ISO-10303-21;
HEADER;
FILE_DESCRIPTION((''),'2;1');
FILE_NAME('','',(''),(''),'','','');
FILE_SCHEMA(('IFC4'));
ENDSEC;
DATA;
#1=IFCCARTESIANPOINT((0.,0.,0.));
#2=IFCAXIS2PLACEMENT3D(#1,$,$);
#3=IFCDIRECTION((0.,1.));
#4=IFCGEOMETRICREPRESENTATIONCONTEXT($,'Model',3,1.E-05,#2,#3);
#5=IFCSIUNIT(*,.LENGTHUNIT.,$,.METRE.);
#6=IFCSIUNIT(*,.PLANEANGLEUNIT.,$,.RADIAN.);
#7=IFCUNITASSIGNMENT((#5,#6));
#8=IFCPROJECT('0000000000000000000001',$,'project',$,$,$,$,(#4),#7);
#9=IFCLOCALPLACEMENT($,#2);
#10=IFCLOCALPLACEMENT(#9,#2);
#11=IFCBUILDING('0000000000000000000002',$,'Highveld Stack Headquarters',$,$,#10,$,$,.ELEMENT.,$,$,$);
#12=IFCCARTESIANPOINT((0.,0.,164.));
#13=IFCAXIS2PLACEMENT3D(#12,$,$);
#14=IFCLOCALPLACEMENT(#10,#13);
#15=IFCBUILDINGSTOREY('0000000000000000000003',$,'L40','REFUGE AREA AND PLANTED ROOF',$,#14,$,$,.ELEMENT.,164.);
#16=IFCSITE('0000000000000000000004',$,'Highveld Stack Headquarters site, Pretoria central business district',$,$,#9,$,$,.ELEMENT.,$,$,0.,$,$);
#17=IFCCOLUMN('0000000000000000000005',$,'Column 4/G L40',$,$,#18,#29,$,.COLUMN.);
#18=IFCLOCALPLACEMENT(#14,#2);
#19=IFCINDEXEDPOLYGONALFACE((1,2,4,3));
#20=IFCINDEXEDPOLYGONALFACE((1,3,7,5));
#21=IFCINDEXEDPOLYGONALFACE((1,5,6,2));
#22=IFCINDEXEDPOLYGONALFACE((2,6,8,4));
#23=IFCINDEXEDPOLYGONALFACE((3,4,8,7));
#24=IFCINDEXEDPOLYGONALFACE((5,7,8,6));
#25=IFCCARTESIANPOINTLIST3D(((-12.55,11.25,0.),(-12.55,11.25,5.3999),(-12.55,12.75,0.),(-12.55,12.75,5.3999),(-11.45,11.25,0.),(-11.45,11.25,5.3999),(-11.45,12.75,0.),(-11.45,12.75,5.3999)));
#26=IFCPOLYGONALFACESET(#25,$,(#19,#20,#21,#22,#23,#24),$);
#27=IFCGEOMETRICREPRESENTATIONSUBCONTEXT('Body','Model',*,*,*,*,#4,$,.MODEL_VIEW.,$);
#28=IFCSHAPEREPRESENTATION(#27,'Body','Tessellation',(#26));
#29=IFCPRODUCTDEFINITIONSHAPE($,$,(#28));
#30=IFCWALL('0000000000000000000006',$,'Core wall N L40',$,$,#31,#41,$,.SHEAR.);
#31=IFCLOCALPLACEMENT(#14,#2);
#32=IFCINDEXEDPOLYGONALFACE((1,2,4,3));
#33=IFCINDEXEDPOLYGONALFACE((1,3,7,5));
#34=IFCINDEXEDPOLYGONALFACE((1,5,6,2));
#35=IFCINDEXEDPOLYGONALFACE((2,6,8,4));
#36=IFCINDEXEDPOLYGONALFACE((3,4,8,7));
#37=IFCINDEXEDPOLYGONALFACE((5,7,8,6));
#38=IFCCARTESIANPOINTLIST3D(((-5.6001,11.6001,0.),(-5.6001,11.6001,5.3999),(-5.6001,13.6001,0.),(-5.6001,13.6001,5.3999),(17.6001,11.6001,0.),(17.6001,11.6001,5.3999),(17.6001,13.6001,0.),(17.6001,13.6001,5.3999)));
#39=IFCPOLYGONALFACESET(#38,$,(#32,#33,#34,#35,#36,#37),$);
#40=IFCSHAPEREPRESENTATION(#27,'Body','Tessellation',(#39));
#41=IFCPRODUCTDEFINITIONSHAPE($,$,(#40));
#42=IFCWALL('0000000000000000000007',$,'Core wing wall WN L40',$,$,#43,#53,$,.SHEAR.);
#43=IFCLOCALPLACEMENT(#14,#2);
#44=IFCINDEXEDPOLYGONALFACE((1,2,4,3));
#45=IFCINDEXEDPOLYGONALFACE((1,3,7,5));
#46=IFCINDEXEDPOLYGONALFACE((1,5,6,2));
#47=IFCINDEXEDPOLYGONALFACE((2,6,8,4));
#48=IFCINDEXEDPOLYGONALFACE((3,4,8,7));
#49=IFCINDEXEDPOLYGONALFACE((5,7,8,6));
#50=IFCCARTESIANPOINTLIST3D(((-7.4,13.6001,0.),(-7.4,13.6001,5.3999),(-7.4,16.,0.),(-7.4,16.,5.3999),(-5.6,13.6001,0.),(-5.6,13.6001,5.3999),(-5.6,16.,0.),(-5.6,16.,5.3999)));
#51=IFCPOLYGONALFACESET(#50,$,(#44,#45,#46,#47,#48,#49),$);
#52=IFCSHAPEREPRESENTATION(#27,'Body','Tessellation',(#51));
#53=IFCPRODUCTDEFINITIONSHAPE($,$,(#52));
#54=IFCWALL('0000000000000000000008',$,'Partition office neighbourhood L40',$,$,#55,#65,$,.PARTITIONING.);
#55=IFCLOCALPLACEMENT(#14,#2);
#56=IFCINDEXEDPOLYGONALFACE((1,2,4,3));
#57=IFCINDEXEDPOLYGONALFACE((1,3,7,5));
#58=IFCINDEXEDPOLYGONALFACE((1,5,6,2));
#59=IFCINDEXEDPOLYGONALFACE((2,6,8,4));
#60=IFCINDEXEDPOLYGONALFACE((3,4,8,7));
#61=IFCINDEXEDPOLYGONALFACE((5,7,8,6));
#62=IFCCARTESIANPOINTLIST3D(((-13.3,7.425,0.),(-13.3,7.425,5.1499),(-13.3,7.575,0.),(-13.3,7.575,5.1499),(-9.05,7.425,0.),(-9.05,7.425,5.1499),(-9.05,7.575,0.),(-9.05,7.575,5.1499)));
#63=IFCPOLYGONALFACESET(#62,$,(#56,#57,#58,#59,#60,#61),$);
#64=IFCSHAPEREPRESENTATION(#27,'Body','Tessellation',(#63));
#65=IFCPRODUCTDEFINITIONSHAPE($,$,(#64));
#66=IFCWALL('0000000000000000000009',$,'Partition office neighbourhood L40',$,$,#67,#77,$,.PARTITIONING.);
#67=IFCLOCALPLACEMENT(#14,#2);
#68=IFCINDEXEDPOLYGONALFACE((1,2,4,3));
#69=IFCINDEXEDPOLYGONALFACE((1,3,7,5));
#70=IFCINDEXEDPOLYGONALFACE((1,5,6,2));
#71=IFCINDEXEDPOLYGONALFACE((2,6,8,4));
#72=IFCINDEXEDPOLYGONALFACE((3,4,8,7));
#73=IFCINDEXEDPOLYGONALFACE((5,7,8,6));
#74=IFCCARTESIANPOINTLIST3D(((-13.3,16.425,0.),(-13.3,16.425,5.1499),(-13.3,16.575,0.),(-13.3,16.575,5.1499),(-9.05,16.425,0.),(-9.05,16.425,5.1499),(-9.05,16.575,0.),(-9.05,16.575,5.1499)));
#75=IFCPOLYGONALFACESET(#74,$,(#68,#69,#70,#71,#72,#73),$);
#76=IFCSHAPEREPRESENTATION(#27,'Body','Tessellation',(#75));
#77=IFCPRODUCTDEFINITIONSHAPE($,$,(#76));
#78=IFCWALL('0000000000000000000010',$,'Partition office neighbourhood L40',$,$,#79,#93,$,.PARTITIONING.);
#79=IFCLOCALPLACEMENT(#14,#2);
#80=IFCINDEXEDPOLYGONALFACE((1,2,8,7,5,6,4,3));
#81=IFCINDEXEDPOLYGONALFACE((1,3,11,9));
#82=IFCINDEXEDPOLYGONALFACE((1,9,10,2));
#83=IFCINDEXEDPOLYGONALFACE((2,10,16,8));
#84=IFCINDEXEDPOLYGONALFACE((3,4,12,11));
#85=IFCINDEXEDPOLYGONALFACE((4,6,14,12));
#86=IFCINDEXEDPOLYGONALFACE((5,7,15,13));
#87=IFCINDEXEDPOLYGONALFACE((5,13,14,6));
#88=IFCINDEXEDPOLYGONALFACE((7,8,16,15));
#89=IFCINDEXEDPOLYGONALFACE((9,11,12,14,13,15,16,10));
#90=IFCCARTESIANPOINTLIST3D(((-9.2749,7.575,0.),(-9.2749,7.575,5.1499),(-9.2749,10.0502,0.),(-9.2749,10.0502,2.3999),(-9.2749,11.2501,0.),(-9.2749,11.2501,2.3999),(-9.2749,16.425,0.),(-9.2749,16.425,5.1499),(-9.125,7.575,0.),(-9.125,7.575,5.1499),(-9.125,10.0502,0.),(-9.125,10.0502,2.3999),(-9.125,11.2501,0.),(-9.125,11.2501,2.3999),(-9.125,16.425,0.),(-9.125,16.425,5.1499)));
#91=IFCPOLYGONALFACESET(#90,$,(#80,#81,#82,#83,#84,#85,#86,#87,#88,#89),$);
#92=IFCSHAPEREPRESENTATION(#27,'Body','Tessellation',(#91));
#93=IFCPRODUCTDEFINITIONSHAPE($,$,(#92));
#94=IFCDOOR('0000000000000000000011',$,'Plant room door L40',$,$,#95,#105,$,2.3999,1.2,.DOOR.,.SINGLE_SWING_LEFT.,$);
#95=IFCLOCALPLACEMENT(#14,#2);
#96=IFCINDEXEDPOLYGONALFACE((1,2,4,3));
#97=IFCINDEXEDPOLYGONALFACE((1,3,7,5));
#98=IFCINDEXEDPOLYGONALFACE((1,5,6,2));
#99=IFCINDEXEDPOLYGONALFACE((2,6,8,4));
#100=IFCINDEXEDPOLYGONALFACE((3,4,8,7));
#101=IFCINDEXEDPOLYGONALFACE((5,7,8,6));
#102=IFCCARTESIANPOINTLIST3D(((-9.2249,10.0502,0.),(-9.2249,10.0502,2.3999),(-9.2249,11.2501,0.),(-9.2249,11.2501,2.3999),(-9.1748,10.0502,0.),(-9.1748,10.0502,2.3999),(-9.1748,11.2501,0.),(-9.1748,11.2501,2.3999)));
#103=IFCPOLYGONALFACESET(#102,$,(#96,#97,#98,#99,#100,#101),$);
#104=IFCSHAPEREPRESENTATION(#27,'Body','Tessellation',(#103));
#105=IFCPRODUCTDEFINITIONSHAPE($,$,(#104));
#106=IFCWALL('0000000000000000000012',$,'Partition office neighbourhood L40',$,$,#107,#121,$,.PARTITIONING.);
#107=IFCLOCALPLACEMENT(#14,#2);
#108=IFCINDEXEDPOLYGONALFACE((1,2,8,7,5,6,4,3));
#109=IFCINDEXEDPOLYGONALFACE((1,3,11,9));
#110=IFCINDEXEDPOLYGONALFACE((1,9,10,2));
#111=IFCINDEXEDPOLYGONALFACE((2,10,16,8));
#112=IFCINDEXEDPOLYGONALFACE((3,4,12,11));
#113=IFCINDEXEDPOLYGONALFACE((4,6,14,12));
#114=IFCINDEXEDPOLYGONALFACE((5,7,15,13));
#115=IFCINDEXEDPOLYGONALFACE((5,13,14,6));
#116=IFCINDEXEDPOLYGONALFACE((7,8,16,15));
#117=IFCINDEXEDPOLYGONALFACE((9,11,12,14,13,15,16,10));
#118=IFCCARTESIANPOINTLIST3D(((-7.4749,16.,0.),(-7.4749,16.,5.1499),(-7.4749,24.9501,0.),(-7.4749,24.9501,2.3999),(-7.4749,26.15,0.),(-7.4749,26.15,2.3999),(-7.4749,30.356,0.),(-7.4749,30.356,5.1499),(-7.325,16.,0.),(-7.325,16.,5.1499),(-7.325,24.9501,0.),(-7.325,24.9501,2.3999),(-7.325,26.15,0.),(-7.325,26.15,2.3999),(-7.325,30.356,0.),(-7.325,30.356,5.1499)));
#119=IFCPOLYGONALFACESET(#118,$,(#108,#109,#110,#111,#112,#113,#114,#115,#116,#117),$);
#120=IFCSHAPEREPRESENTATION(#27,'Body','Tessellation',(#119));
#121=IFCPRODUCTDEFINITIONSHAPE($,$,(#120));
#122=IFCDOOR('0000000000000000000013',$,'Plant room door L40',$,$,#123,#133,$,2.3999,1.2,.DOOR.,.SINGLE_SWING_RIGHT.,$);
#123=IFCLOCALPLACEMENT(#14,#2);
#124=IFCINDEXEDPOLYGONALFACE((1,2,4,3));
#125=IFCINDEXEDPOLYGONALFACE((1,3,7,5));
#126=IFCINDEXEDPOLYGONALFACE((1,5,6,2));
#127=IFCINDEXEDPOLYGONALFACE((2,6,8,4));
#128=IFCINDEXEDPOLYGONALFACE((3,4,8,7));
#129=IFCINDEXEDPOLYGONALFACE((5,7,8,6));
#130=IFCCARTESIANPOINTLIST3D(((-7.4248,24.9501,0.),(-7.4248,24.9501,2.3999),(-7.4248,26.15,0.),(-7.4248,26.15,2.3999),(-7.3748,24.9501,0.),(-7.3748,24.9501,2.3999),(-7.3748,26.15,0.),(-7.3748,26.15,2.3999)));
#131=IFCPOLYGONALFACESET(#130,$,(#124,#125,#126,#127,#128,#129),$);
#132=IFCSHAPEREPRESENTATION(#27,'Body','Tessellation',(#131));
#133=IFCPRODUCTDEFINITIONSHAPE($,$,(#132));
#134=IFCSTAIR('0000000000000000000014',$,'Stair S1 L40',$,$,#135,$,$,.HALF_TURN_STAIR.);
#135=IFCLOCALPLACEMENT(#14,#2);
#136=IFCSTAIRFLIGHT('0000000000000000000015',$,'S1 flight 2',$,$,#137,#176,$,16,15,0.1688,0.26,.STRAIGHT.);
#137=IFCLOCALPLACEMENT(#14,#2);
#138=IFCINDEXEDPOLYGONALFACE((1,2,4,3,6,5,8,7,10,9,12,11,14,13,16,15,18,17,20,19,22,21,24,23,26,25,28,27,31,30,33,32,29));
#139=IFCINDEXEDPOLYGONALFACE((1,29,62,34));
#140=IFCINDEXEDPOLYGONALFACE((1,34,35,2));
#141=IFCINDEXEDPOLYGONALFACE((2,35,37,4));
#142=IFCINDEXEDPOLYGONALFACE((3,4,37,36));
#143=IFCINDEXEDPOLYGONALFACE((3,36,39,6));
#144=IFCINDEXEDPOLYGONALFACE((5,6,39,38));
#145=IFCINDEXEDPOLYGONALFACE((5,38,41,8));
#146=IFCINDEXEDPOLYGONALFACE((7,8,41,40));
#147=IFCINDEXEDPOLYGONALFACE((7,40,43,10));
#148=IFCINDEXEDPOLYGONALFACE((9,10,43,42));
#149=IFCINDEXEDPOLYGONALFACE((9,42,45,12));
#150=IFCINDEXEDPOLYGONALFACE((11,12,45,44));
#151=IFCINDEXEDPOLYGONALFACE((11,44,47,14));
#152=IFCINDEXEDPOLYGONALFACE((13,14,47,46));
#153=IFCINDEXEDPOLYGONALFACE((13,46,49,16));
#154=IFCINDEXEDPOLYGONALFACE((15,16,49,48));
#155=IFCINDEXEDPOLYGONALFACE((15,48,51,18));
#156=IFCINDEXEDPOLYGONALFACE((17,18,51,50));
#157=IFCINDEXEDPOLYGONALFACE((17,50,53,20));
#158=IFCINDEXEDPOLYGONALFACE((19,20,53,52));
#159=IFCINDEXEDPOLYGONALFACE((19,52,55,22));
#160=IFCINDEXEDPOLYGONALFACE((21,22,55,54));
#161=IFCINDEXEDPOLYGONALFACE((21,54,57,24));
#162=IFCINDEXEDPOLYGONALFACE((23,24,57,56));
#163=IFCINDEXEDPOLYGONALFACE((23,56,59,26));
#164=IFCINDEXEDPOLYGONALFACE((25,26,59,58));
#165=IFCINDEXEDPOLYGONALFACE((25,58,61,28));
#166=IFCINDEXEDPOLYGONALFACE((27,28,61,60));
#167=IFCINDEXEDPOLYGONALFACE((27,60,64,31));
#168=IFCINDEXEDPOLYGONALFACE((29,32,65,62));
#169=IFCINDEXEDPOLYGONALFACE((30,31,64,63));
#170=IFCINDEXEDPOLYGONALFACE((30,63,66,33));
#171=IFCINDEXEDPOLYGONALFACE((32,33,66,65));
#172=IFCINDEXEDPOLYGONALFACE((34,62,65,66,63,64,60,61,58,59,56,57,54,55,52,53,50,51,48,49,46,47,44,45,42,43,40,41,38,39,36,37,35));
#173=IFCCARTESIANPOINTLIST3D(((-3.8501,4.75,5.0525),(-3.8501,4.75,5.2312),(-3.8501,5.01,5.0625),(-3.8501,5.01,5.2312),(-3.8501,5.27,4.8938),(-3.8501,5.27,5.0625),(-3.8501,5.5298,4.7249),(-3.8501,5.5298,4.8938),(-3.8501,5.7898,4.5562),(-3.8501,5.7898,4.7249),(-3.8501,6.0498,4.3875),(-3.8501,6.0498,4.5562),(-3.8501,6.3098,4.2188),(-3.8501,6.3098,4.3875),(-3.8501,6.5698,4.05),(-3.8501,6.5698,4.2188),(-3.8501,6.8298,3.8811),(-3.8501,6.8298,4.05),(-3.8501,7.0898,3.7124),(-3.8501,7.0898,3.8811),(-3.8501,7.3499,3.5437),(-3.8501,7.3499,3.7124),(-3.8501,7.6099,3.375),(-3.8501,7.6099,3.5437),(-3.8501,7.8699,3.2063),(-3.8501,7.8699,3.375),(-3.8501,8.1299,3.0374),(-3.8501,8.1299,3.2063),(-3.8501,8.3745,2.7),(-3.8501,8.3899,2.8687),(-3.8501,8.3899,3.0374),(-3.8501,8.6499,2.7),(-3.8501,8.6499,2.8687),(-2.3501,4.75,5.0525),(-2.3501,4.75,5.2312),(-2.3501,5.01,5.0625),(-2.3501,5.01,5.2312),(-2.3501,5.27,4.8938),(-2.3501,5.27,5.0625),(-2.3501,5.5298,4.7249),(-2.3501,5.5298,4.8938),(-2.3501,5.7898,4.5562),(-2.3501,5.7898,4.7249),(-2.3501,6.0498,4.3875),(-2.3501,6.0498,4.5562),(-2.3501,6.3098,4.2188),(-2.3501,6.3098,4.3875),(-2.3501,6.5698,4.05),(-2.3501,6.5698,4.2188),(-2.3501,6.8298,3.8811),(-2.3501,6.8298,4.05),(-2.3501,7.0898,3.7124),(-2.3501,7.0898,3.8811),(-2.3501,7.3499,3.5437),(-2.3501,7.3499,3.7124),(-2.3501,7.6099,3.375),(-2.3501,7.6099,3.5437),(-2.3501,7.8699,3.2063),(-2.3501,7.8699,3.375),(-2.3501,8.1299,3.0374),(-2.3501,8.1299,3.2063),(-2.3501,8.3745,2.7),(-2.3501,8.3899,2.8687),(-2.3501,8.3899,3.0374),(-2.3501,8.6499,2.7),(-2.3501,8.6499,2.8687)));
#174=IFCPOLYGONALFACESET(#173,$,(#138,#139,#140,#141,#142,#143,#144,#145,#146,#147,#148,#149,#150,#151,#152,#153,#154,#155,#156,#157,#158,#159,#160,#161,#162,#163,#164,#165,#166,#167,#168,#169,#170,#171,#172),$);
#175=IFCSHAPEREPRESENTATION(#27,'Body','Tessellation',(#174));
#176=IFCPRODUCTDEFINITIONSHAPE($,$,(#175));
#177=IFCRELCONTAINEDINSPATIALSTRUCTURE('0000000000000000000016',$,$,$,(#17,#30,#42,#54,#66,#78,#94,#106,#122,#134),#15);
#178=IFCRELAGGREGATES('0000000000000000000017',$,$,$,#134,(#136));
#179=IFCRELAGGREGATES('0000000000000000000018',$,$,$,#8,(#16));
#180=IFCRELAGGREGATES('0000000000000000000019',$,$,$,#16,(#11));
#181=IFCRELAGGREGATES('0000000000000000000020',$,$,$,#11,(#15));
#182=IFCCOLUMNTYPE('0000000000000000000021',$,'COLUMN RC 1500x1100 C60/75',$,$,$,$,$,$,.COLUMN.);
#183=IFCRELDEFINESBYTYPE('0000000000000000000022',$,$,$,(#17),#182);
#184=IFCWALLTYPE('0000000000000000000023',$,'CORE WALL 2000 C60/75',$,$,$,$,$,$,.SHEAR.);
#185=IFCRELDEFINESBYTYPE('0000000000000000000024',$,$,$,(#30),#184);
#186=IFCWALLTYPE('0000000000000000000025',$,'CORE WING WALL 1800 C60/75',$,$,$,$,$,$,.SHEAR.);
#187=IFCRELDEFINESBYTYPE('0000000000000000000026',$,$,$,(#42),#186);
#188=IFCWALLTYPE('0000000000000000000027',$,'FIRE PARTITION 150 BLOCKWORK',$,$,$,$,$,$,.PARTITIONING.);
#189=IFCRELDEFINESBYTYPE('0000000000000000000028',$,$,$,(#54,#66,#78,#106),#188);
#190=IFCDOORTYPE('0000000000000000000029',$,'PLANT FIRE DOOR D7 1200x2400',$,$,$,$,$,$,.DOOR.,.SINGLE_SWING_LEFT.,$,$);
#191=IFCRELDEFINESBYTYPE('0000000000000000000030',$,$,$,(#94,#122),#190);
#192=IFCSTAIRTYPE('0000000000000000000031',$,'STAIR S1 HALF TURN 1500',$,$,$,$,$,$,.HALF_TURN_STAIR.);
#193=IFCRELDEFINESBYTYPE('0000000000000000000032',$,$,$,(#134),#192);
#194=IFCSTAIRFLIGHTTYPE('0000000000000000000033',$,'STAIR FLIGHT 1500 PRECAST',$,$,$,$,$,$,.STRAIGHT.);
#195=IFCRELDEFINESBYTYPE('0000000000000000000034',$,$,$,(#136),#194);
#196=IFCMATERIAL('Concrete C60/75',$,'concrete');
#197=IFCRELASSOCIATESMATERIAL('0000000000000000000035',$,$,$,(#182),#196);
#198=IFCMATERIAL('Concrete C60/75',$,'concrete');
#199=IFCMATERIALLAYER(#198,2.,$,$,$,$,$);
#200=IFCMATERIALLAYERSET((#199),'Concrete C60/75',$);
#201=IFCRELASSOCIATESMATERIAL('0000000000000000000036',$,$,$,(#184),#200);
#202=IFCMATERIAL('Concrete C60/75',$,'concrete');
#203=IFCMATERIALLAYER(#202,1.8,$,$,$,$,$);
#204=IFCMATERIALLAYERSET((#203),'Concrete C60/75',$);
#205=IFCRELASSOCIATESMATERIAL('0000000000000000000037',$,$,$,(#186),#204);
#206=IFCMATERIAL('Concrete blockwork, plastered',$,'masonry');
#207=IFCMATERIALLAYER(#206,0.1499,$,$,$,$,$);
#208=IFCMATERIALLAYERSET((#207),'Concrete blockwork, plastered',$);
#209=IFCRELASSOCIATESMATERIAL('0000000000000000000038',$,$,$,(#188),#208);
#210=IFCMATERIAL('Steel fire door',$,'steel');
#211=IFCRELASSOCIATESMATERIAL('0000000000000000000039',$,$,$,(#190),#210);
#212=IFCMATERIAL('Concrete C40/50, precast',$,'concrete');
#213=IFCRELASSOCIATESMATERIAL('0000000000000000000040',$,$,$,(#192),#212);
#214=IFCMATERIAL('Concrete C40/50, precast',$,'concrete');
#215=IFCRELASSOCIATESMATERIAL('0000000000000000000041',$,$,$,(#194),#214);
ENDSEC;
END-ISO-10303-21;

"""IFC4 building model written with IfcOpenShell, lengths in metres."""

from ifc_helpers import new_model, si_unit, direction, frame, frame_2d, origin, origin_2d, place, context, subcontext, project, spatial, polyline, rectangle, outline, extrude, material, layer, layer_set, material_profile, profile_set, type_object, element, fill, aggregate, save


model = new_model("IFC4")

# Units and contexts
model_context = context("Model", 3, precision=1e-05, world=origin(), true_north=direction((0.0, 1.0)))
body_context = subcontext(model_context, "Body", "Model", "MODEL_VIEW")
ifc_project = project(units=[si_unit("LENGTHUNIT", "METRE"), si_unit("PLANEANGLEUNIT", "RADIAN")], contexts=[model_context])

# Site, building, storey
site_placement = place(None, origin())
site = spatial("IfcSite", under=ifc_project, at=site_placement, Name="Highveld Stack Headquarters site, Pretoria central business district", CompositionType="ELEMENT", RefElevation=0.0)
building_placement = place(site_placement, origin())
building = spatial("IfcBuilding", under=site, at=building_placement, Name="Highveld Stack Headquarters", CompositionType="ELEMENT")
storey_placement = place(building_placement, frame((0.0, 0.0, 164.0)))
storey = spatial("IfcBuildingStorey", under=building, at=storey_placement, Name="L40", Description="REFUGE AREA AND PLANTED ROOF", CompositionType="ELEMENT", Elevation=164.0)

# Column
ifc_material_1 = material(Name="Concrete C60/75", Category="concrete")
ifc_material_profile = material_profile(ifc_material_1, rectangle(XDim=1.5, YDim=1.1001, at=origin_2d()), Name="RC 1500x1100")
ifc_profile_set = profile_set([ifc_material_profile], Name="Concrete C60/75")
column_type = type_object("IfcColumnType", Name="COLUMN RC 1500x1100 C60/75", PredefinedType="COLUMN", material=ifc_profile_set)
column_placement = place(storey_placement, frame((-12.0, 12.0, 0.0), z_axis=(0.0, 0.0, 1.0), x_axis=(0.0, 1.0, 0.0)))
element("IfcColumn", 1, at=column_placement, inside=storey, type_object=column_type, Name="Column 4/G L40", PredefinedType="COLUMN", context=body_context, shape_type="SweptSolid", body=[
    extrude(rectangle(XDim=1.5, YDim=1.1001, at=origin_2d()), origin(), (0.0, 0.0, 1.0), 5.3999),
])

# Walls
ifc_material_2 = material(Name="Concrete C60/75", Category="concrete")
ifc_layer_1 = layer(ifc_material_2, 2.0)
ifc_layer_set_1 = layer_set([ifc_layer_1], Name="Concrete C60/75")
wall_type_1 = type_object("IfcWallType", Name="CORE WALL 2000 C60/75", PredefinedType="SHEAR", material=ifc_layer_set_1)
wall_1_placement = place(storey_placement, frame((-5.6001, 12.6001, 0.0), z_axis=(0.0, 0.0, 1.0), x_axis=(1.0, 0.0, 0.0)))
element("IfcWall", 2, at=wall_1_placement, inside=storey, type_object=wall_type_1, Name="Core wall N L40", PredefinedType="SHEAR", context=body_context, shape_type="SweptSolid", body=[
    extrude(rectangle(XDim=23.2002, YDim=2.0, at=frame_2d((11.6001, 0.0))), origin(), (0.0, 0.0, 1.0), 5.3999),
])
ifc_material_3 = material(Name="Concrete C60/75", Category="concrete")
ifc_layer_2 = layer(ifc_material_3, 1.8)
ifc_layer_set_2 = layer_set([ifc_layer_2], Name="Concrete C60/75")
wall_type_2 = type_object("IfcWallType", Name="CORE WING WALL 1800 C60/75", PredefinedType="SHEAR", material=ifc_layer_set_2)
wall_2_placement = place(storey_placement, frame((-6.5, 13.6001, 0.0), z_axis=(0.0, 0.0, 1.0), x_axis=(0.0, 1.0, 0.0)))
element("IfcWall", 3, at=wall_2_placement, inside=storey, type_object=wall_type_2, Name="Core wing wall WN L40", PredefinedType="SHEAR", context=body_context, shape_type="SweptSolid", body=[
    extrude(rectangle(XDim=2.3999, YDim=1.8, at=frame_2d((1.2, 0.0))), origin(), (0.0, 0.0, 1.0), 5.3999),
])
ifc_material_4 = material(Name="Concrete blockwork, plastered", Category="masonry")
ifc_layer_3 = layer(ifc_material_4, 0.1499)
ifc_layer_set_3 = layer_set([ifc_layer_3], Name="Concrete blockwork, plastered")
wall_type_3 = type_object("IfcWallType", Name="FIRE PARTITION 150 BLOCKWORK", PredefinedType="PARTITIONING", material=ifc_layer_set_3)
for number, where, z_axis, x_axis, name in (
    (4, (-13.3, 7.5, 0.0), (0.0, 0.0, 1.0), (1.0, 0.0, 0.0), "Partition office neighbourhood L40"),
    (5, (-13.3, 16.5, 0.0), (0.0, 0.0, 1.0), (1.0, 0.0, 0.0), "Partition office neighbourhood L40"),
):
    element("IfcWall", number, at=place(storey_placement, frame(where, z_axis=z_axis, x_axis=x_axis)), inside=storey, type_object=wall_type_3, Name=name, PredefinedType="PARTITIONING", context=body_context, shape_type="SweptSolid", body=[
        extrude(rectangle(XDim=4.25, YDim=0.1499, at=frame_2d((2.125, 0.0))), origin(), (0.0, 0.0, 1.0), 5.1499),
    ])

# Walls, openings, doors
wall_3_placement = place(storey_placement, frame((-9.2, 7.575, 0.0), z_axis=(0.0, 0.0, 1.0), x_axis=(0.0, 1.0, 0.0)))
wall_3 = element("IfcWall", 6, at=wall_3_placement, inside=storey, type_object=wall_type_3, Name="Partition office neighbourhood L40", PredefinedType="PARTITIONING", context=body_context, shape_type="SweptSolid", body=[
    extrude(rectangle(XDim=8.8501, YDim=0.1499, at=frame_2d((4.425, 0.0))), origin(), (0.0, 0.0, 1.0), 5.1499),
])
opening_1_placement = place(wall_3_placement, frame((2.4751, 0.0, 0.0)))
opening_1 = element("IfcOpeningElement", 7, at=opening_1_placement, cuts=wall_3, PredefinedType="OPENING", context=body_context, shape_type="SweptSolid", body=[
    extrude(rectangle(XDim=1.2, YDim=2.3999, at=frame_2d((0.6001, 1.2))), frame((0.0, 0.085, 0.0), z_axis=(0.0, -1.0, 0.0), x_axis=(1.0, 0.0, 0.0)), (0.0, 0.0, 1.0), 0.1699),
])
ifc_material_5 = material(Name="Steel fire door", Category="steel")
door_type = type_object("IfcDoorType", Name="PLANT FIRE DOOR D7 1200x2400", OperationType="SINGLE_SWING_LEFT", PredefinedType="DOOR", material=ifc_material_5)
door_1_placement = place(opening_1_placement, origin())
door_1 = element("IfcDoor", 8, at=door_1_placement, inside=storey, type_object=door_type, Name="Plant room door L40", OperationType="SINGLE_SWING_LEFT", OverallHeight=2.3999, OverallWidth=1.2, PredefinedType="DOOR", context=body_context, shape_type="SweptSolid", body=[
    extrude(rectangle(XDim=1.2, YDim=2.3999, at=frame_2d((0.6001, 1.2))), frame((0.0, 0.0249, 0.0), z_axis=(0.0, -1.0, 0.0), x_axis=(1.0, 0.0, 0.0)), (0.0, 0.0, 1.0), 0.05),
])
fill(opening_1, door_1)
wall_4_placement = place(storey_placement, frame((-7.3999, 16.0, 0.0), z_axis=(0.0, 0.0, 1.0), x_axis=(0.0, 1.0, 0.0)))
wall_4 = element("IfcWall", 9, at=wall_4_placement, inside=storey, type_object=wall_type_3, Name="Partition office neighbourhood L40", PredefinedType="PARTITIONING", context=body_context, shape_type="SweptSolid", body=[
    extrude(rectangle(XDim=14.356, YDim=0.1499, at=frame_2d((7.178, 0.0))), origin(), (0.0, 0.0, 1.0), 5.1499),
])
opening_2_placement = place(wall_4_placement, frame((8.95, 0.0, 0.0)))
opening_2 = element("IfcOpeningElement", 10, at=opening_2_placement, cuts=wall_4, PredefinedType="OPENING", context=body_context, shape_type="SweptSolid", body=[
    extrude(rectangle(XDim=1.2, YDim=2.3999, at=frame_2d((0.6001, 1.2))), frame((0.0, 0.085, 0.0), z_axis=(0.0, -1.0, 0.0), x_axis=(1.0, 0.0, 0.0)), (0.0, 0.0, 1.0), 0.1699),
])
door_2_placement = place(opening_2_placement, origin())
door_2 = element("IfcDoor", 11, at=door_2_placement, inside=storey, type_object=door_type, Name="Plant room door L40", OperationType="SINGLE_SWING_RIGHT", OverallHeight=2.3999, OverallWidth=1.2, PredefinedType="DOOR", context=body_context, shape_type="SweptSolid", body=[
    extrude(rectangle(XDim=1.2, YDim=2.3999, at=frame_2d((0.6001, 1.2))), frame((0.0, 0.0249, 0.0), z_axis=(0.0, -1.0, 0.0), x_axis=(1.0, 0.0, 0.0)), (0.0, 0.0, 1.0), 0.05),
])
fill(opening_2, door_2)

# Stair, stair flight
ifc_material_6 = material(Name="Concrete C40/50, precast", Category="concrete")
stair_type = type_object("IfcStairType", Name="STAIR S1 HALF TURN 1500", PredefinedType="HALF_TURN_STAIR", material=ifc_material_6)
stair_placement = place(storey_placement, origin())
stair = element("IfcStair", 12, at=stair_placement, inside=storey, type_object=stair_type, Name="Stair S1 L40", PredefinedType="HALF_TURN_STAIR")
ifc_material_7 = material(Name="Concrete C40/50, precast", Category="concrete")
stair_flight_type = type_object("IfcStairFlightType", Name="STAIR FLIGHT 1500 PRECAST", PredefinedType="STRAIGHT", material=ifc_material_7)
stair_flight_placement = place(storey_placement, frame((-3.1001, 8.6499, 2.7), z_axis=(0.0, 0.0, 1.0), x_axis=(0.0, -1.0, 0.0)))
stair_flight = element("IfcStairFlight", 13, at=stair_flight_placement, type_object=stair_flight_type, Name="S1 flight 2", NumberOfRisers=16, NumberOfTreads=15, PredefinedType="STRAIGHT", RiserHeight=0.1688, TreadLength=0.26, context=body_context, shape_type="SweptSolid", body=[
    extrude(outline(polyline([(0.0, 0.0), (0.0, 0.1687), (0.26, 0.1687), (0.26, 0.3374), (0.52, 0.3374), (0.52, 0.5063), (0.78, 0.5063), (0.78, 0.675), (1.04, 0.675), (1.04, 0.8438), (1.3, 0.8438), (1.3, 1.0125), (1.5601, 1.0125), (1.5601, 1.1812), (1.8201, 1.1812), (1.8201, 1.3501), (2.0801, 1.3501), (2.0801, 1.5188), (2.3401, 1.5188), (2.3401, 1.6875), (2.6001, 1.6875), (2.6001, 1.8562), (2.8601, 1.8562), (2.8601, 2.0249), (3.1201, 2.0249), (3.1201, 2.1938), (3.3799, 2.1938), (3.3799, 2.3625), (3.6399, 2.3625), (3.6399, 2.5312), (3.8999, 2.5312), (3.8999, 2.7), (3.8999, 2.3525), (0.2754, 0.0), (0.0, 0.0)])), frame((0.0, 0.75, 0.0), z_axis=(0.0, -1.0, 0.0), x_axis=(1.0, 0.0, 0.0)), (0.0, 0.0, 1.0), 1.5),
])
aggregate(stair, [stair_flight])

save(model, "model.ifc")
